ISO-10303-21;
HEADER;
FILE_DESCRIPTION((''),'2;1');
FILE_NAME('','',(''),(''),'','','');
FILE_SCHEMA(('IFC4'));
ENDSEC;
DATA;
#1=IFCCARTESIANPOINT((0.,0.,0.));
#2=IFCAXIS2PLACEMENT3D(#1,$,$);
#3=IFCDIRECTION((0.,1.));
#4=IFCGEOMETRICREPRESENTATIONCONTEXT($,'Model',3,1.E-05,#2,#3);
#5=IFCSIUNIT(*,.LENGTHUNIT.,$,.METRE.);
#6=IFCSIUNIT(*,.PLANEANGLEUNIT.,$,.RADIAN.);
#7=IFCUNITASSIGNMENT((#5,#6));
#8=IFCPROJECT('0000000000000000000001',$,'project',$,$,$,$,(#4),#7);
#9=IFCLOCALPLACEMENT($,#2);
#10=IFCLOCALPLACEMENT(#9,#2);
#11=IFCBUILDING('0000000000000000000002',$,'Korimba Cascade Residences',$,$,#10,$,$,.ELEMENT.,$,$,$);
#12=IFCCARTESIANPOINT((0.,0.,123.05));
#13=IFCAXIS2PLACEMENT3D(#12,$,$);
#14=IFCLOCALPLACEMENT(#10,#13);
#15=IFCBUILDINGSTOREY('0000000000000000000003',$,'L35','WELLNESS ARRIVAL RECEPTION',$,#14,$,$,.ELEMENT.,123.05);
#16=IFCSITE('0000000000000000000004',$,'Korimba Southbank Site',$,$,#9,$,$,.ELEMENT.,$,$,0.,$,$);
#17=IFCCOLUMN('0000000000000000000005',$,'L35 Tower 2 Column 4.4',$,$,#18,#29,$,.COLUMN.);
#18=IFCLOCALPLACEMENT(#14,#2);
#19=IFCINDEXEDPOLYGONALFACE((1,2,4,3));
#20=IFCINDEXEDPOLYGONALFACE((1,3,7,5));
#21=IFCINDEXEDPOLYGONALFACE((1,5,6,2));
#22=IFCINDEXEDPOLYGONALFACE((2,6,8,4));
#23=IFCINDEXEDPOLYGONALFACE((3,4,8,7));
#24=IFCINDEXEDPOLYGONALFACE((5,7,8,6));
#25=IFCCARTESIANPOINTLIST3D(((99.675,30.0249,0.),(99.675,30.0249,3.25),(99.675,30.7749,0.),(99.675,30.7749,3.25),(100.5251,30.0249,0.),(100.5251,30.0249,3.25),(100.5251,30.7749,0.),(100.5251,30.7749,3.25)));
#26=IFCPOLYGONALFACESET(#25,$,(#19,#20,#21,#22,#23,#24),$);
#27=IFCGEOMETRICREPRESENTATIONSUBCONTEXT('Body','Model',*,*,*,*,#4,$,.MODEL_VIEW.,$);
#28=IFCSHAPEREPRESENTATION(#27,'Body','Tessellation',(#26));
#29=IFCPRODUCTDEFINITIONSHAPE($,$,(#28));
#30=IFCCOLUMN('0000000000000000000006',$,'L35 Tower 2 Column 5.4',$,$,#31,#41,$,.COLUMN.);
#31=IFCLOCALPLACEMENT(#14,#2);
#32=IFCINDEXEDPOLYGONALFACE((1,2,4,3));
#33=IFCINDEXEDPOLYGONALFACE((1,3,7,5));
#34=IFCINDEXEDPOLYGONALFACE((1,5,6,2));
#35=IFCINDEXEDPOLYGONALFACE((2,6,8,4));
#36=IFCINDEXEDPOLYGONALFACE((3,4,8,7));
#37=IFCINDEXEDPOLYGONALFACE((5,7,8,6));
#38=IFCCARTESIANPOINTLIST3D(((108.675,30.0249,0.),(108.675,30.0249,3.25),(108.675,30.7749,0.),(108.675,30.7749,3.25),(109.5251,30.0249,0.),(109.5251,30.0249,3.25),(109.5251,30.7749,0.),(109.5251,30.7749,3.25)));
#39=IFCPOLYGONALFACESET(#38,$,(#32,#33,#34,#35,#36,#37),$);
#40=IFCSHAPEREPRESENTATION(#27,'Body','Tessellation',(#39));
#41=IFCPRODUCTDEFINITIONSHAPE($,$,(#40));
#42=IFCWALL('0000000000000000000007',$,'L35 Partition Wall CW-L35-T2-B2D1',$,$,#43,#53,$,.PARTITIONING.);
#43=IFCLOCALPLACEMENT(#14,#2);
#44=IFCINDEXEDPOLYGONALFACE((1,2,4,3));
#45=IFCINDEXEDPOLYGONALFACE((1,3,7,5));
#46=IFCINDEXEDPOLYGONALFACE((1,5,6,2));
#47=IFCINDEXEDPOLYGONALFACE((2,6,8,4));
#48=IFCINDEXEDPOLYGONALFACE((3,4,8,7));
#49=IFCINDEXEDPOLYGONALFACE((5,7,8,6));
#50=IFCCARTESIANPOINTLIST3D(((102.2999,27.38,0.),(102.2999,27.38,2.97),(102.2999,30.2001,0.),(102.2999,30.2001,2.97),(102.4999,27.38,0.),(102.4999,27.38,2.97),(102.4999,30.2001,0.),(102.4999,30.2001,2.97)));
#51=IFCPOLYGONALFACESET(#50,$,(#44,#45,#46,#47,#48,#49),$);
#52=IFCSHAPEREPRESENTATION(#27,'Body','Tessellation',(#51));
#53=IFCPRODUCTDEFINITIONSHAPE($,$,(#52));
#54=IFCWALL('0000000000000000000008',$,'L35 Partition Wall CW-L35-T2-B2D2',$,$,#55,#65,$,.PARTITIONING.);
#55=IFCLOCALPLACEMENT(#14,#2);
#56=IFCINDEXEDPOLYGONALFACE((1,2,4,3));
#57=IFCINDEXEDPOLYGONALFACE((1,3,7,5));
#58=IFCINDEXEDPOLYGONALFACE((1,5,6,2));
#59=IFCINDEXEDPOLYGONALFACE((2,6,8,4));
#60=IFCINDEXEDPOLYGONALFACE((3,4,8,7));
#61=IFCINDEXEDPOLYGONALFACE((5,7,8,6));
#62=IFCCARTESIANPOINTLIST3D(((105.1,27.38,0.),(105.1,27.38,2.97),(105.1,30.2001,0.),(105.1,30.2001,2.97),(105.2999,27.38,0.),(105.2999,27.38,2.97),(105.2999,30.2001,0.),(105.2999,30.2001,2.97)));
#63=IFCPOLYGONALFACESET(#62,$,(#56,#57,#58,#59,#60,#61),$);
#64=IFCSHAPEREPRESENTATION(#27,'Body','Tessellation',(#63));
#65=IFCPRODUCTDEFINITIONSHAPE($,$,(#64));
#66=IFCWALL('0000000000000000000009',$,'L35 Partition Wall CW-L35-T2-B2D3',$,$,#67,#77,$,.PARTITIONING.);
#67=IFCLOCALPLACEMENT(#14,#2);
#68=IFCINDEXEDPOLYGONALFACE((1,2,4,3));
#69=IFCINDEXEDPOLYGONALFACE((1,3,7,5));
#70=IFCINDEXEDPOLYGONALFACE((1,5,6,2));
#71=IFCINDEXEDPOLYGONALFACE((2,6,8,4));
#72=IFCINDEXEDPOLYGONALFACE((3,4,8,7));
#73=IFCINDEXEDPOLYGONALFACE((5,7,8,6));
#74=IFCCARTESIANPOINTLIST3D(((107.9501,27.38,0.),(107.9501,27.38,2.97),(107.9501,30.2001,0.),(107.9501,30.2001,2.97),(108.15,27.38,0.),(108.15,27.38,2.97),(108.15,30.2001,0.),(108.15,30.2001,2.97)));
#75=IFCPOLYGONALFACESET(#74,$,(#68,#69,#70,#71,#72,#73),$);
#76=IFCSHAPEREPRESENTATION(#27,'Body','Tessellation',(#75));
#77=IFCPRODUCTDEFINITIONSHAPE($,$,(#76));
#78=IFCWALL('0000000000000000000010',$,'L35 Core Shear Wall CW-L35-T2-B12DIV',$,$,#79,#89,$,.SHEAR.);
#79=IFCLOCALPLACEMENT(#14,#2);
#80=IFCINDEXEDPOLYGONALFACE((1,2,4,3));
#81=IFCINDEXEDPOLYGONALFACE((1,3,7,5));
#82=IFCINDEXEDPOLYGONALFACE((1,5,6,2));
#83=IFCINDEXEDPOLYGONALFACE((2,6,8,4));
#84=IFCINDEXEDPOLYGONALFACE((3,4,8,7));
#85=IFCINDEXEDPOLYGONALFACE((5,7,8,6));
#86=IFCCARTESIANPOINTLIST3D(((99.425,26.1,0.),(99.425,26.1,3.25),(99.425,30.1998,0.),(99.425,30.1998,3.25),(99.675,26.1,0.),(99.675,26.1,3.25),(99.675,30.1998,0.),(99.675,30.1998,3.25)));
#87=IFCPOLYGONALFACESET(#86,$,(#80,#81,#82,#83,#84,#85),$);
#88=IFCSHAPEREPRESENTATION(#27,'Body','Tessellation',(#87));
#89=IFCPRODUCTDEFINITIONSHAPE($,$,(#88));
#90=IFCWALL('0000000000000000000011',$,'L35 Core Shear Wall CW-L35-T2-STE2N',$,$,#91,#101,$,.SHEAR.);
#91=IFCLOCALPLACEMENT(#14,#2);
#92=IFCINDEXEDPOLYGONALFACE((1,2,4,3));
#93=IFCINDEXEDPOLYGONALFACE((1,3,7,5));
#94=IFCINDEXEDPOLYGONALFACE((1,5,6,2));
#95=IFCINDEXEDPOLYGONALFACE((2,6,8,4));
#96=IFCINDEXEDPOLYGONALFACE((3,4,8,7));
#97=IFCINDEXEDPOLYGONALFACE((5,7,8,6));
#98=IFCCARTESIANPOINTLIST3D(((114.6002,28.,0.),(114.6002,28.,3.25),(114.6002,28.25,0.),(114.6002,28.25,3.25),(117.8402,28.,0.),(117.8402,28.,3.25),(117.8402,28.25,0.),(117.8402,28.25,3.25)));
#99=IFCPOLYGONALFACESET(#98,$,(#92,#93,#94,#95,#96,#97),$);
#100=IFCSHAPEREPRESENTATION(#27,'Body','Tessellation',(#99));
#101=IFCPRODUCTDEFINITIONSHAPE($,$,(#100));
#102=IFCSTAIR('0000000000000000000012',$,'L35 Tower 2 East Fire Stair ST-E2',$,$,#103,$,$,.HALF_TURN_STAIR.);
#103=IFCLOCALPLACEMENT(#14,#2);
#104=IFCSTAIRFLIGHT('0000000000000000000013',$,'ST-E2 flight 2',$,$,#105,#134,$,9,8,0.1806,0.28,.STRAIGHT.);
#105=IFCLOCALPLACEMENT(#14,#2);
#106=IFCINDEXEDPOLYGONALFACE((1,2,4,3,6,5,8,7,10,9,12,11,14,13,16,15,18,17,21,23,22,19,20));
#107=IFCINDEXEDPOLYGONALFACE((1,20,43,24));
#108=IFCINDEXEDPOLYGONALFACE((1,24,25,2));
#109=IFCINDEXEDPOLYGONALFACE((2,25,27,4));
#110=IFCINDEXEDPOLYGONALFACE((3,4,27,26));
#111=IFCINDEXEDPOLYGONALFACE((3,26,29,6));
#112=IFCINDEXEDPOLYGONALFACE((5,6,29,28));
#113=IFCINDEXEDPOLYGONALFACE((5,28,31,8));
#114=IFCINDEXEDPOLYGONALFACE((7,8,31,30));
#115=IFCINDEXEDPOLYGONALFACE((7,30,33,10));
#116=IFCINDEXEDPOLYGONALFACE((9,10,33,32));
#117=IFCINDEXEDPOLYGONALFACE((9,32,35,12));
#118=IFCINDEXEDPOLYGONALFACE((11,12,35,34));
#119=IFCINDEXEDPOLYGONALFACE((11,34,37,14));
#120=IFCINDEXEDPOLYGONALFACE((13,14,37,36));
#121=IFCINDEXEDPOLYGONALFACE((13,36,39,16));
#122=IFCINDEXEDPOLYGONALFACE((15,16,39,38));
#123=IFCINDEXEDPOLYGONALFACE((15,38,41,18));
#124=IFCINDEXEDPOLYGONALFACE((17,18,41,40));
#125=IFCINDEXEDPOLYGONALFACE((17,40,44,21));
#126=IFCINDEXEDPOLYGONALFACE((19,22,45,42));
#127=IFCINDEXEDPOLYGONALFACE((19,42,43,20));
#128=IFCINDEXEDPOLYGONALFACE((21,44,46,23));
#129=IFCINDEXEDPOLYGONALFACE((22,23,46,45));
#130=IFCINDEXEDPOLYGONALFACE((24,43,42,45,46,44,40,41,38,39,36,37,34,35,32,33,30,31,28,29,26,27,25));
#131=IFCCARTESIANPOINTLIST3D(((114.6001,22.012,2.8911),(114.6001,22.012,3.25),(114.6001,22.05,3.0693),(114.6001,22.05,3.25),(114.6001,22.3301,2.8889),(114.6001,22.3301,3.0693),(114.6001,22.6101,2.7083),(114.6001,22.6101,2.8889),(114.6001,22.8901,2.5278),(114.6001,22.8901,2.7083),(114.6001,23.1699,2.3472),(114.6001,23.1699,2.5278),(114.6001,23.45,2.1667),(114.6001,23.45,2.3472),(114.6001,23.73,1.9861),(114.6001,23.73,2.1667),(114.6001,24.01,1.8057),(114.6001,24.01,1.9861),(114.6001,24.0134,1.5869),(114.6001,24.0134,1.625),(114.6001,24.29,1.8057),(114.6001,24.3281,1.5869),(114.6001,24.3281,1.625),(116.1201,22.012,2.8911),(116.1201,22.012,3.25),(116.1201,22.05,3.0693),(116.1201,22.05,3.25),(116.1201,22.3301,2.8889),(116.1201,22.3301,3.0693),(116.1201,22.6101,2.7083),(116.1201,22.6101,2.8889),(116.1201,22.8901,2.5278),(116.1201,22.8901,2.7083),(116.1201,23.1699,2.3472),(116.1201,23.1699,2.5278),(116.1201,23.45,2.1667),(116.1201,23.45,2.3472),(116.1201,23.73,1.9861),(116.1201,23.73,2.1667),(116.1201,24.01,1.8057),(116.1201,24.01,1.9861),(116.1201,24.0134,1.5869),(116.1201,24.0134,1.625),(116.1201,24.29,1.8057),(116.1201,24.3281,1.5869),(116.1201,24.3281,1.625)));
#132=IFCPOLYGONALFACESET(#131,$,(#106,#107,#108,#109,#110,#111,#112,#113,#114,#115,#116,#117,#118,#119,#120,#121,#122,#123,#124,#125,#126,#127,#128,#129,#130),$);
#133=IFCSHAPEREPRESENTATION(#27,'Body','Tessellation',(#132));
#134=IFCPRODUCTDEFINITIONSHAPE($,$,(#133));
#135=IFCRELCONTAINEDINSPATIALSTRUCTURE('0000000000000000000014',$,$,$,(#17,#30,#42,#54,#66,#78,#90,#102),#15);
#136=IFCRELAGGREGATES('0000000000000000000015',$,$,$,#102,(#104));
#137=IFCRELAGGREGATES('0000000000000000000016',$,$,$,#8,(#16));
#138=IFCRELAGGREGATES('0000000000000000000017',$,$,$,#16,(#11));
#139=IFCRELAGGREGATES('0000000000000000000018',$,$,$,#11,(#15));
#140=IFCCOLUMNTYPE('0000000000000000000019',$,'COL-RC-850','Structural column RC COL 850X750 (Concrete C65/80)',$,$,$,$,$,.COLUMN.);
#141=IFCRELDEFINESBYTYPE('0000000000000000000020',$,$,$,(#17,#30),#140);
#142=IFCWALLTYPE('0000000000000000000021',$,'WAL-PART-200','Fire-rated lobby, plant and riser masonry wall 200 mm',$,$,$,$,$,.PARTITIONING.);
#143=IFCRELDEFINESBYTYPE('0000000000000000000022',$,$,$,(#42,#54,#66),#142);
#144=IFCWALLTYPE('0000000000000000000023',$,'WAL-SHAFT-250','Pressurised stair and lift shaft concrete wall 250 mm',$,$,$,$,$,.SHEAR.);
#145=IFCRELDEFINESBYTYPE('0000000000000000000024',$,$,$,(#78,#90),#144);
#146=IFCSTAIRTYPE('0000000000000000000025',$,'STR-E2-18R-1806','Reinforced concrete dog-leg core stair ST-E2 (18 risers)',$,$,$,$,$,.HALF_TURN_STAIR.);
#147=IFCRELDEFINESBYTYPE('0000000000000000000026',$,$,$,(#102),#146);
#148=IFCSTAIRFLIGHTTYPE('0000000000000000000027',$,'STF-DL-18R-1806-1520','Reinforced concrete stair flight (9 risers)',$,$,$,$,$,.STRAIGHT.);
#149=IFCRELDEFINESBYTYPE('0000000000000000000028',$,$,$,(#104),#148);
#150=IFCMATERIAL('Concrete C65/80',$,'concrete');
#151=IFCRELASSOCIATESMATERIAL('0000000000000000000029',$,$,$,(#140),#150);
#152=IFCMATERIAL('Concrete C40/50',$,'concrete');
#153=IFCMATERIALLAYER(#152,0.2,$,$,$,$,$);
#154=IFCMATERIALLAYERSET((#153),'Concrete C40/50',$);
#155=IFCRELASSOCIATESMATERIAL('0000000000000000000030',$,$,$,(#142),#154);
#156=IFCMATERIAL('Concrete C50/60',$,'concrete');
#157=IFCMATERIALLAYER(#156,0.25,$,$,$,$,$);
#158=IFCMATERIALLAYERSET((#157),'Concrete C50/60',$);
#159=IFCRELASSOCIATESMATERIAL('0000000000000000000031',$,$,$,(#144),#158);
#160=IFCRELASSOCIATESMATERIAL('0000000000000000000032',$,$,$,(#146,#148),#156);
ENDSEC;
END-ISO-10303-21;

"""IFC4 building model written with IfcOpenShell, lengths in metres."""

from ifc_helpers import new_model, si_unit, direction, frame, frame_2d, origin, origin_2d, place, context, subcontext, project, spatial, polyline, rectangle, outline, extrude, material, layer, layer_set, material_profile, profile_set, type_object, element, aggregate, save


model = new_model("IFC4")

# Units and contexts
model_context = context("Model", 3, precision=1e-05, world=origin(), true_north=direction((0.0, 1.0)))
body_context = subcontext(model_context, "Body", "Model", "MODEL_VIEW")
ifc_project = project(units=[si_unit("LENGTHUNIT", "METRE"), si_unit("PLANEANGLEUNIT", "RADIAN")], contexts=[model_context])

# Site, building, storey
site_placement = place(None, origin())
site = spatial("IfcSite", under=ifc_project, at=site_placement, Name="Korimba Southbank Site", CompositionType="ELEMENT", RefElevation=0.0)
building_placement = place(site_placement, origin())
building = spatial("IfcBuilding", under=site, at=building_placement, Name="Korimba Cascade Residences", CompositionType="ELEMENT")
storey_placement = place(building_placement, frame((0.0, 0.0, 123.05)))
storey = spatial("IfcBuildingStorey", under=building, at=storey_placement, Name="L35", Description="WELLNESS ARRIVAL RECEPTION", CompositionType="ELEMENT", Elevation=123.05)

# Columns
ifc_material_1 = material(Name="Concrete C65/80", Category="concrete")
ifc_material_profile = material_profile(ifc_material_1, rectangle(XDim=0.8501, YDim=0.75, at=origin_2d()), Name="Concrete C65/80")
ifc_profile_set = profile_set([ifc_material_profile], Name="Concrete C65/80")
column_type = type_object("IfcColumnType", Name="COL-RC-850", Description="Structural column RC COL 850X750 (Concrete C65/80)", PredefinedType="COLUMN", material=ifc_profile_set)
for number, where, z_axis, x_axis, name in (
    (1, (100.1001, 30.3999, 0.0), (0.0, 0.0, 1.0), (1.0, 0.0, 0.0), "L35 Tower 2 Column 4.4"),
    (2, (109.1001, 30.3999, 0.0), (0.0, 0.0, 1.0), (1.0, 0.0, 0.0), "L35 Tower 2 Column 5.4"),
):
    element("IfcColumn", number, at=place(storey_placement, frame(where, z_axis=z_axis, x_axis=x_axis)), inside=storey, type_object=column_type, Name=name, PredefinedType="COLUMN", context=body_context, shape_type="SweptSolid", body=[
        extrude(rectangle(XDim=0.8501, YDim=0.75, at=origin_2d()), origin(), (0.0, 0.0, 1.0), 3.25),
    ])

# Walls
ifc_material_2 = material(Name="Concrete C40/50", Category="concrete")
ifc_layer_1 = layer(ifc_material_2, 0.2)
ifc_layer_set_1 = layer_set([ifc_layer_1], Name="Concrete C40/50")
wall_type_1 = type_object("IfcWallType", Name="WAL-PART-200", Description="Fire-rated lobby, plant and riser masonry wall 200 mm", PredefinedType="PARTITIONING", material=ifc_layer_set_1)
for number, where, z_axis, x_axis, name in (
    (3, (102.3999, 27.3799, 0.0), (0.0, 0.0, 1.0), (0.0, 1.0, 0.0), "L35 Partition Wall CW-L35-T2-B2D1"),
    (4, (105.2, 27.3799, 0.0), (0.0, 0.0, 1.0), (0.0, 1.0, 0.0), "L35 Partition Wall CW-L35-T2-B2D2"),
    (5, (108.05, 27.3799, 0.0), (0.0, 0.0, 1.0), (0.0, 1.0, 0.0), "L35 Partition Wall CW-L35-T2-B2D3"),
):
    element("IfcWall", number, at=place(storey_placement, frame(where, z_axis=z_axis, x_axis=x_axis)), inside=storey, type_object=wall_type_1, Name=name, PredefinedType="PARTITIONING", context=body_context, shape_type="SweptSolid", body=[
        extrude(rectangle(XDim=2.8201, YDim=0.2, at=frame_2d((1.4102, 0.0))), origin(), (0.0, 0.0, 1.0), 2.97),
    ])
ifc_material_3 = material(Name="Concrete C50/60", Category="concrete")
ifc_layer_2 = layer(ifc_material_3, 0.25)
ifc_layer_set_2 = layer_set([ifc_layer_2], Name="Concrete C50/60")
wall_type_2 = type_object("IfcWallType", Name="WAL-SHAFT-250", Description="Pressurised stair and lift shaft concrete wall 250 mm", PredefinedType="SHEAR", material=ifc_layer_set_2)
wall_1_placement = place(storey_placement, frame((99.55, 26.1001, 0.0), z_axis=(0.0, 0.0, 1.0), x_axis=(0.0, 1.0, 0.0)))
element("IfcWall", 6, at=wall_1_placement, inside=storey, type_object=wall_type_2, Name="L35 Core Shear Wall CW-L35-T2-B12DIV", PredefinedType="SHEAR", context=body_context, shape_type="SweptSolid", body=[
    extrude(rectangle(XDim=4.0999, YDim=0.25, at=frame_2d((2.0498, 0.0))), origin(), (0.0, 0.0, 1.0), 3.25),
])

# Wall
wall_2_placement = place(storey_placement, frame((114.6001, 28.125, 0.0), z_axis=(0.0, 0.0, 1.0), x_axis=(1.0, 0.0, 0.0)))
element("IfcWall", 7, at=wall_2_placement, inside=storey, type_object=wall_type_2, Name="L35 Core Shear Wall CW-L35-T2-STE2N", PredefinedType="SHEAR", context=body_context, shape_type="SweptSolid", body=[
    extrude(rectangle(XDim=3.24, YDim=0.25, at=frame_2d((1.6201, 0.0))), origin(), (0.0, 0.0, 1.0), 3.25),
])

# Stair, stair flight
stair_type = type_object("IfcStairType", Name="STR-E2-18R-1806", Description="Reinforced concrete dog-leg core stair ST-E2 (18 risers)", PredefinedType="HALF_TURN_STAIR", material=ifc_material_3)
stair_placement = place(storey_placement, origin())
stair = element("IfcStair", 8, at=stair_placement, inside=storey, type_object=stair_type, Name="L35 Tower 2 East Fire Stair ST-E2", PredefinedType="HALF_TURN_STAIR")
stair_flight_type = type_object("IfcStairFlightType", Name="STF-DL-18R-1806-1520", Description="Reinforced concrete stair flight (9 risers)", PredefinedType="STRAIGHT", material=ifc_material_3)
stair_flight_placement = place(storey_placement, frame((115.3601, 24.29, 1.625), z_axis=(0.0, 0.0, 1.0), x_axis=(0.0, -1.0, 0.0)))
stair_flight = element("IfcStairFlight", 9, at=stair_flight_placement, type_object=stair_flight_type, Name="ST-E2 flight 2", NumberOfRisers=9, NumberOfTreads=8, PredefinedType="STRAIGHT", RiserHeight=0.1806, TreadLength=0.28, context=body_context, shape_type="SweptSolid", body=[
    extrude(outline(polyline([(-0.0381, 0.0), (0.0, 0.1807), (0.28, 0.1807), (0.28, 0.3611), (0.5601, 0.3611), (0.5601, 0.5417), (0.8401, 0.5417), (0.8401, 0.7222), (1.1201, 0.7222), (1.1201, 0.9028), (1.3999, 0.9028), (1.3999, 1.0833), (1.6799, 1.0833), (1.6799, 1.2639), (1.96, 1.2639), (1.96, 1.4443), (2.24, 1.4443), (2.24, 1.625), (2.2781, 1.625), (2.2781, 1.2661), (0.2766, 0.0), (0.2766, -0.0381), (-0.0381, -0.0381), (-0.0381, 0.0)])), frame((0.0, 0.76, 0.0), z_axis=(0.0, -1.0, 0.0), x_axis=(1.0, 0.0, 0.0)), (0.0, 0.0, 1.0), 1.52),
])
aggregate(stair, [stair_flight])

save(model, "model.ifc")
